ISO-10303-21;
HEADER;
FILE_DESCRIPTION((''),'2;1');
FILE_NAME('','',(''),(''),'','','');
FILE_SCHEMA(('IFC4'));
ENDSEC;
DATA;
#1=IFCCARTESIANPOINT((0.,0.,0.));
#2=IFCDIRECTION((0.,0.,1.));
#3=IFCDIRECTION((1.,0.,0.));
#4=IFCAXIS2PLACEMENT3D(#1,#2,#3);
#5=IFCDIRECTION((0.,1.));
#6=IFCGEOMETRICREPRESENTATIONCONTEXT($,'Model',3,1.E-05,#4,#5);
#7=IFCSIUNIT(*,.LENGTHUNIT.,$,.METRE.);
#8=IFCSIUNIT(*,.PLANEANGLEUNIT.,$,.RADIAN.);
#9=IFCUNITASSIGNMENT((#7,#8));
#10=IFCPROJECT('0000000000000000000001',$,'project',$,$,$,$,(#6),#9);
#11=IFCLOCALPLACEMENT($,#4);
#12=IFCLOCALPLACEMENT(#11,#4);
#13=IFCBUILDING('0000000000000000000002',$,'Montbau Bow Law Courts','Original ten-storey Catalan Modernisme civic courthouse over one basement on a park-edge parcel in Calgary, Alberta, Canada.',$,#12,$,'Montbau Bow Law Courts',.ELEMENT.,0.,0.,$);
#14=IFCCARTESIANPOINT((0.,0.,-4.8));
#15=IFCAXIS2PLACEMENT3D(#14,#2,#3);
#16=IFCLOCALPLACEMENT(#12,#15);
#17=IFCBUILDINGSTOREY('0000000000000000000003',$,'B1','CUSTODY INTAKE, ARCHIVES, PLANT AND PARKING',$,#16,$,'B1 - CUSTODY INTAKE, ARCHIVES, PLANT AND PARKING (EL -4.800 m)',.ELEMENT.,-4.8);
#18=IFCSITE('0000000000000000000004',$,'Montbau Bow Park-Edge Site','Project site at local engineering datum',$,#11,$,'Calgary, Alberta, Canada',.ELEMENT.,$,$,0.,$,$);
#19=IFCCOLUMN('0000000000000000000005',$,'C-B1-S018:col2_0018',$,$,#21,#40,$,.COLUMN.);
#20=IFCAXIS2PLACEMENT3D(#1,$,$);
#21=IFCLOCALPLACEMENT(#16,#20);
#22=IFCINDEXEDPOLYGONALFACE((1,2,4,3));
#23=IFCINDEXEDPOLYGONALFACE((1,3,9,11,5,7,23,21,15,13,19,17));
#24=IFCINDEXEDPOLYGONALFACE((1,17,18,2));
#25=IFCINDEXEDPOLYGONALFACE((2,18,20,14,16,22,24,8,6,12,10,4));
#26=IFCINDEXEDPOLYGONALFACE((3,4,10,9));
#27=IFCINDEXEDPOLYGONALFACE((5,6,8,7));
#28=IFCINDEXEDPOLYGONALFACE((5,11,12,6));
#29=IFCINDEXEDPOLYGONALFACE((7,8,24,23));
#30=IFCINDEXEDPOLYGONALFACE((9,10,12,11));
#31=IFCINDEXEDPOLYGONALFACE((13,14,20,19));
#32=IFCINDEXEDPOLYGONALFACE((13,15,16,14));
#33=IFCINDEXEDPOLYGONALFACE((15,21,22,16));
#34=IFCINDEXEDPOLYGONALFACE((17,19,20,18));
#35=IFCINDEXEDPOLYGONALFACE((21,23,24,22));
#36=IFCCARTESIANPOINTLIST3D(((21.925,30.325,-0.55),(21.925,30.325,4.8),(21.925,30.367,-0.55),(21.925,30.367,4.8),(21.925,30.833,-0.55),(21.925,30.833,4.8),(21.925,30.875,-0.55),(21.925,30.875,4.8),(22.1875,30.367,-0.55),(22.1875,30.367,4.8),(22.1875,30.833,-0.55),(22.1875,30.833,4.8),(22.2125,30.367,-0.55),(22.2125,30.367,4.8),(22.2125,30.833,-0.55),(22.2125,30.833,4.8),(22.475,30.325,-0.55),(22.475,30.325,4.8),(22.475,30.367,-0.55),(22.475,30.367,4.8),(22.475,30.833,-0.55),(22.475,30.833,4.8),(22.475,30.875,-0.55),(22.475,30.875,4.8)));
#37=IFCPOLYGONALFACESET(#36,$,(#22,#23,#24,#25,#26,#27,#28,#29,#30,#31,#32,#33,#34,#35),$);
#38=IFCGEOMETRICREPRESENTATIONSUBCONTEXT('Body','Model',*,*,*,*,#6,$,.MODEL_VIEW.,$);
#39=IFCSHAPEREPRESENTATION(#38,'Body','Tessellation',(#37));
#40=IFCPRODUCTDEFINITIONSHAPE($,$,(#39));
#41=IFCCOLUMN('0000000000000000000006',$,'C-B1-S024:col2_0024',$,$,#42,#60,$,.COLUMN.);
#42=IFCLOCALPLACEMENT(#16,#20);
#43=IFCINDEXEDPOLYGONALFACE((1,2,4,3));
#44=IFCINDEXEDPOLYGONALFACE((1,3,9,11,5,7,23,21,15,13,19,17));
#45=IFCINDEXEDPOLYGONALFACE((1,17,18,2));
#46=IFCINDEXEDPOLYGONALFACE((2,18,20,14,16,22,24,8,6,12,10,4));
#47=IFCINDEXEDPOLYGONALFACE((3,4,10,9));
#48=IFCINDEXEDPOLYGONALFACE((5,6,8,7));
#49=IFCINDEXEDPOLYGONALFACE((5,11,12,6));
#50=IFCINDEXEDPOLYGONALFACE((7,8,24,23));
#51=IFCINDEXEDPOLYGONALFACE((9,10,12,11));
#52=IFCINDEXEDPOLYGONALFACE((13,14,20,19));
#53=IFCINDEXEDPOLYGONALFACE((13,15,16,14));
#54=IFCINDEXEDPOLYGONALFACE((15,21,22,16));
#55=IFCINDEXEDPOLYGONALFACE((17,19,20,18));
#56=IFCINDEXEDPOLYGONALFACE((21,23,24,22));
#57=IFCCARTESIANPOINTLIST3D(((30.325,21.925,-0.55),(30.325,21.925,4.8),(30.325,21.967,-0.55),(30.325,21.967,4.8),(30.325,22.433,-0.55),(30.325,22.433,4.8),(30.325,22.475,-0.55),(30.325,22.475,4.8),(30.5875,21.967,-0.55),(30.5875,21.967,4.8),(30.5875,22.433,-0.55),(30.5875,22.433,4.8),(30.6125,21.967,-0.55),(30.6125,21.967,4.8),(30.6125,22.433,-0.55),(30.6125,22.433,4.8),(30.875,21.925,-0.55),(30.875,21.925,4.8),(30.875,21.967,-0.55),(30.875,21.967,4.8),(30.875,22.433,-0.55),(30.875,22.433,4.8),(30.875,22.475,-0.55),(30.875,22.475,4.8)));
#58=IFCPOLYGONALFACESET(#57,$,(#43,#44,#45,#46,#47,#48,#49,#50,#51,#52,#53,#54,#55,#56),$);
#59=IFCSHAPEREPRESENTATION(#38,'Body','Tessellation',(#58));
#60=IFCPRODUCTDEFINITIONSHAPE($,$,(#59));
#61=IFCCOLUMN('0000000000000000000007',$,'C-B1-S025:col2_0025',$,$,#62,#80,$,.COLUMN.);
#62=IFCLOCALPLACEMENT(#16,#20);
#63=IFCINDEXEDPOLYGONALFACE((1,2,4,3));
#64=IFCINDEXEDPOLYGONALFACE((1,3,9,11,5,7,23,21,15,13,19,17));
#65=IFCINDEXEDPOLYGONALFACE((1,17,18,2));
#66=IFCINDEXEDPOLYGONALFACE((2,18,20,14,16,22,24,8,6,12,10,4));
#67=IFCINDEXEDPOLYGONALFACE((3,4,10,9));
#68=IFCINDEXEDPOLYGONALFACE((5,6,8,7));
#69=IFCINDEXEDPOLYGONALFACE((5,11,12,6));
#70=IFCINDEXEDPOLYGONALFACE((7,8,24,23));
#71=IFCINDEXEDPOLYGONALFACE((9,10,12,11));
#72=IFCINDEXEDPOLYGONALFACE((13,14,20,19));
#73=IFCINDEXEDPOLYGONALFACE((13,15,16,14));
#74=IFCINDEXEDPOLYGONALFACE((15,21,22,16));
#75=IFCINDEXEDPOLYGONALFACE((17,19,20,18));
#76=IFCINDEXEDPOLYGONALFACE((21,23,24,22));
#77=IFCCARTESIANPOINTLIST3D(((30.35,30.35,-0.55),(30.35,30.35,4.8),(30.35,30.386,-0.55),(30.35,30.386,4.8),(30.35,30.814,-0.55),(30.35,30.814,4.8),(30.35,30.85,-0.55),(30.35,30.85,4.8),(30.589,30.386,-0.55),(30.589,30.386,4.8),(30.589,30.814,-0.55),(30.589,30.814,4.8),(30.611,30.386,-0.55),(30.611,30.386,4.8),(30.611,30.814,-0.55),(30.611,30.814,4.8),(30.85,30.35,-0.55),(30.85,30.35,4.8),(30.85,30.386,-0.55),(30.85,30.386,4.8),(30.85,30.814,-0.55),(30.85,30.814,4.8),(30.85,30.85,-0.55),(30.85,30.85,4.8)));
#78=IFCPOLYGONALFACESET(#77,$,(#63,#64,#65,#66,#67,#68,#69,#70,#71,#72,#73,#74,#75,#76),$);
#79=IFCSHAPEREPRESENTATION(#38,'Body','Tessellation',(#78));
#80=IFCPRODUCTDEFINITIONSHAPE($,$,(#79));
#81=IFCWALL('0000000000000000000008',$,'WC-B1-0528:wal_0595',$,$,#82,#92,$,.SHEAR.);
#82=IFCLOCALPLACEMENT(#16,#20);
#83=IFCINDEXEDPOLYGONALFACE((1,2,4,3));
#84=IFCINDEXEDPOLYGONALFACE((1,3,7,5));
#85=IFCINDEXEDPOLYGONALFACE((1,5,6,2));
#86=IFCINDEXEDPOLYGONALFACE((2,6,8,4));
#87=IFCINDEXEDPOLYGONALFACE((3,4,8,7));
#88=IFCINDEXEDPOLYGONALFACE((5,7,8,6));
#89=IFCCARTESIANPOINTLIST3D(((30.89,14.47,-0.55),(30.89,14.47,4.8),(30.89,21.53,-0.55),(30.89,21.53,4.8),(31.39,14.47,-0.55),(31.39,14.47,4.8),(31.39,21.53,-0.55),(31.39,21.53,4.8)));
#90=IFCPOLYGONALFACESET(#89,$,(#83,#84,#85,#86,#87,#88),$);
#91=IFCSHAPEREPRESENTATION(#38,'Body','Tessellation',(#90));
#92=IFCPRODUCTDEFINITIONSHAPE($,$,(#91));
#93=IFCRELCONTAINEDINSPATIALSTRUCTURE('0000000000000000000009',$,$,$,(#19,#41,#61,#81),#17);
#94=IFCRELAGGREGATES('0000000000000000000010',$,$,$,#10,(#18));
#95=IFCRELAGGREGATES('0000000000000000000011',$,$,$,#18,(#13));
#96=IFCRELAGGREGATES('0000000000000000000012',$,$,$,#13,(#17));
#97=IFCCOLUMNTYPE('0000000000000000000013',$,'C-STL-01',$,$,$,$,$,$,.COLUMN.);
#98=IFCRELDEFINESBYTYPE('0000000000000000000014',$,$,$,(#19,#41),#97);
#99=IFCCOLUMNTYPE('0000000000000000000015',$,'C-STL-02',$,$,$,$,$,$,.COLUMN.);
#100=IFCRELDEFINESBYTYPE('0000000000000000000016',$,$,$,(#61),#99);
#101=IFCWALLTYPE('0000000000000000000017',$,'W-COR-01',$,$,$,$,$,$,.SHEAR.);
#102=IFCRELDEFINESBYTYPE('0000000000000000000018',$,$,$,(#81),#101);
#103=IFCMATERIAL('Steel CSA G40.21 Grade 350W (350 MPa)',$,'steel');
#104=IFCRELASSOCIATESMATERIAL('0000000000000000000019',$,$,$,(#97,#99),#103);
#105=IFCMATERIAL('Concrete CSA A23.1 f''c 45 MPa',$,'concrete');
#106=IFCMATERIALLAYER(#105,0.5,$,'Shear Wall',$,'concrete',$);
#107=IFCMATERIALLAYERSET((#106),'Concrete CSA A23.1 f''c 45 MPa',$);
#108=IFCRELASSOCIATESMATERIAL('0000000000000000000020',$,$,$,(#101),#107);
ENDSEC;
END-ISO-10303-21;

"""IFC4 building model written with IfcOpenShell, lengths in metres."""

from ifc_helpers import new_model, si_unit, direction, frame, frame_2d, origin_with_axes, origin_2d_with_axis, place, context, subcontext, project, spatial, rectangle, i_section, extrude, material, layer, layer_set, material_profile, profile_set, type_object, element, save


model = new_model("IFC4")

# Units and contexts
model_context = context("Model", 3, precision=1e-05, world=origin_with_axes(), true_north=direction((0.0, 1.0)))
body_context = subcontext(model_context, "Body", "Model", "MODEL_VIEW")
ifc_project = project(units=[si_unit("LENGTHUNIT", "METRE"), si_unit("PLANEANGLEUNIT", "RADIAN")], contexts=[model_context])

# Site, building, storey
site_placement = place(None, origin_with_axes())
site = spatial("IfcSite", under=ifc_project, at=site_placement, Name="Montbau Bow Park-Edge Site", Description="Project site at local engineering datum", LongName="Calgary, Alberta, Canada", CompositionType="ELEMENT", RefElevation=0.0)
building_placement = place(site_placement, origin_with_axes())
building = spatial("IfcBuilding", under=site, at=building_placement, Name="Montbau Bow Law Courts", Description="Original ten-storey Catalan Modernisme civic courthouse over one basement on a park-edge parcel in Calgary, Alberta, Canada.", LongName="Montbau Bow Law Courts", CompositionType="ELEMENT", ElevationOfRefHeight=0.0, ElevationOfTerrain=0.0)
storey_placement = place(building_placement, frame((0.0, 0.0, -4.8), z_axis=(0.0, 0.0, 1.0), x_axis=(1.0, 0.0, 0.0)))
storey = spatial("IfcBuildingStorey", under=building, at=storey_placement, Name="B1", Description="CUSTODY INTAKE, ARCHIVES, PLANT AND PARKING", LongName="B1 - CUSTODY INTAKE, ARCHIVES, PLANT AND PARKING (EL -4.800 m)", CompositionType="ELEMENT", Elevation=-4.8)

# Columns
ifc_material_1 = material(Name="Steel CSA G40.21 Grade 350W (350 MPa)", Category="steel")
ifc_material_profile_1 = material_profile(ifc_material_1, i_section(OverallWidth=0.55, OverallDepth=0.55, WebThickness=0.025, FlangeThickness=0.042, at=origin_2d_with_axis()), Name="WWF550X420", Category="Main", Priority=0)
ifc_profile_set_1 = profile_set([ifc_material_profile_1], Name="Steel CSA G40.21 Grade 350W (350 MPa)")
column_type_1 = type_object("IfcColumnType", Name="C-STL-01", PredefinedType="COLUMN", material=ifc_profile_set_1)
for number, where, z_axis, x_axis, name in (
    (1, (22.2, 30.6, -5.35), (0.0, 0.0, 1.0), (1.0, 0.0, 0.0), "C-B1-S018:col2_0018"),
    (2, (30.6, 22.2, -5.35), (0.0, 0.0, 1.0), (1.0, 0.0, 0.0), "C-B1-S024:col2_0024"),
):
    element("IfcColumn", number, at=place(None, frame(where, z_axis=z_axis, x_axis=x_axis)), inside=storey, type_object=column_type_1, Name=name, PredefinedType="COLUMN", context=body_context, shape_type="SweptSolid", body=[
        extrude(i_section(OverallWidth=0.55, OverallDepth=0.55, WebThickness=0.025, FlangeThickness=0.042, at=origin_2d_with_axis()), origin_with_axes(), (0.0, 0.0, 1.0), 5.35),
    ])
ifc_material_profile_2 = material_profile(ifc_material_1, i_section(OverallWidth=0.5, OverallDepth=0.5, WebThickness=0.022, FlangeThickness=0.036, at=origin_2d_with_axis()), Name="WWF500X343", Category="Main", Priority=0)
ifc_profile_set_2 = profile_set([ifc_material_profile_2], Name="Steel CSA G40.21 Grade 350W (350 MPa)")
column_type_2 = type_object("IfcColumnType", Name="C-STL-02", PredefinedType="COLUMN", material=ifc_profile_set_2)
column_1_placement = place(None, frame((30.6, 30.6, -5.35), z_axis=(0.0, 0.0, 1.0), x_axis=(1.0, 0.0, 0.0)))
element("IfcColumn", 3, at=column_1_placement, inside=storey, type_object=column_type_2, Name="C-B1-S025:col2_0025", PredefinedType="COLUMN", context=body_context, shape_type="SweptSolid", body=[
    extrude(i_section(OverallWidth=0.5, OverallDepth=0.5, WebThickness=0.022, FlangeThickness=0.036, at=origin_2d_with_axis()), origin_with_axes(), (0.0, 0.0, 1.0), 5.35),
])

# Wall
ifc_material_2 = material(Name="Concrete CSA A23.1 f'c 45 MPa", Category="concrete")
ifc_layer = layer(ifc_material_2, 0.5, Name="Shear Wall", Category="concrete")
ifc_layer_set = layer_set([ifc_layer], Name="Concrete CSA A23.1 f'c 45 MPa")
wall_type = type_object("IfcWallType", Name="W-COR-01", PredefinedType="SHEAR", material=ifc_layer_set)
wall_placement = place(None, frame((31.14, 21.53, -5.35), z_axis=(0.0, 0.0, 1.0), x_axis=(0.0, -1.0, 0.0)))
element("IfcWall", 4, at=wall_placement, inside=storey, type_object=wall_type, Name="WC-B1-0528:wal_0595", PredefinedType="SHEAR", context=body_context, shape_type="SweptSolid", body=[
    extrude(rectangle(XDim=7.06, YDim=0.5, at=frame_2d((3.53, 0.0), x_axis=(1.0, 0.0))), origin_with_axes(), (0.0, 0.0, 1.0), 5.35),
])

save(model, "model.ifc")
